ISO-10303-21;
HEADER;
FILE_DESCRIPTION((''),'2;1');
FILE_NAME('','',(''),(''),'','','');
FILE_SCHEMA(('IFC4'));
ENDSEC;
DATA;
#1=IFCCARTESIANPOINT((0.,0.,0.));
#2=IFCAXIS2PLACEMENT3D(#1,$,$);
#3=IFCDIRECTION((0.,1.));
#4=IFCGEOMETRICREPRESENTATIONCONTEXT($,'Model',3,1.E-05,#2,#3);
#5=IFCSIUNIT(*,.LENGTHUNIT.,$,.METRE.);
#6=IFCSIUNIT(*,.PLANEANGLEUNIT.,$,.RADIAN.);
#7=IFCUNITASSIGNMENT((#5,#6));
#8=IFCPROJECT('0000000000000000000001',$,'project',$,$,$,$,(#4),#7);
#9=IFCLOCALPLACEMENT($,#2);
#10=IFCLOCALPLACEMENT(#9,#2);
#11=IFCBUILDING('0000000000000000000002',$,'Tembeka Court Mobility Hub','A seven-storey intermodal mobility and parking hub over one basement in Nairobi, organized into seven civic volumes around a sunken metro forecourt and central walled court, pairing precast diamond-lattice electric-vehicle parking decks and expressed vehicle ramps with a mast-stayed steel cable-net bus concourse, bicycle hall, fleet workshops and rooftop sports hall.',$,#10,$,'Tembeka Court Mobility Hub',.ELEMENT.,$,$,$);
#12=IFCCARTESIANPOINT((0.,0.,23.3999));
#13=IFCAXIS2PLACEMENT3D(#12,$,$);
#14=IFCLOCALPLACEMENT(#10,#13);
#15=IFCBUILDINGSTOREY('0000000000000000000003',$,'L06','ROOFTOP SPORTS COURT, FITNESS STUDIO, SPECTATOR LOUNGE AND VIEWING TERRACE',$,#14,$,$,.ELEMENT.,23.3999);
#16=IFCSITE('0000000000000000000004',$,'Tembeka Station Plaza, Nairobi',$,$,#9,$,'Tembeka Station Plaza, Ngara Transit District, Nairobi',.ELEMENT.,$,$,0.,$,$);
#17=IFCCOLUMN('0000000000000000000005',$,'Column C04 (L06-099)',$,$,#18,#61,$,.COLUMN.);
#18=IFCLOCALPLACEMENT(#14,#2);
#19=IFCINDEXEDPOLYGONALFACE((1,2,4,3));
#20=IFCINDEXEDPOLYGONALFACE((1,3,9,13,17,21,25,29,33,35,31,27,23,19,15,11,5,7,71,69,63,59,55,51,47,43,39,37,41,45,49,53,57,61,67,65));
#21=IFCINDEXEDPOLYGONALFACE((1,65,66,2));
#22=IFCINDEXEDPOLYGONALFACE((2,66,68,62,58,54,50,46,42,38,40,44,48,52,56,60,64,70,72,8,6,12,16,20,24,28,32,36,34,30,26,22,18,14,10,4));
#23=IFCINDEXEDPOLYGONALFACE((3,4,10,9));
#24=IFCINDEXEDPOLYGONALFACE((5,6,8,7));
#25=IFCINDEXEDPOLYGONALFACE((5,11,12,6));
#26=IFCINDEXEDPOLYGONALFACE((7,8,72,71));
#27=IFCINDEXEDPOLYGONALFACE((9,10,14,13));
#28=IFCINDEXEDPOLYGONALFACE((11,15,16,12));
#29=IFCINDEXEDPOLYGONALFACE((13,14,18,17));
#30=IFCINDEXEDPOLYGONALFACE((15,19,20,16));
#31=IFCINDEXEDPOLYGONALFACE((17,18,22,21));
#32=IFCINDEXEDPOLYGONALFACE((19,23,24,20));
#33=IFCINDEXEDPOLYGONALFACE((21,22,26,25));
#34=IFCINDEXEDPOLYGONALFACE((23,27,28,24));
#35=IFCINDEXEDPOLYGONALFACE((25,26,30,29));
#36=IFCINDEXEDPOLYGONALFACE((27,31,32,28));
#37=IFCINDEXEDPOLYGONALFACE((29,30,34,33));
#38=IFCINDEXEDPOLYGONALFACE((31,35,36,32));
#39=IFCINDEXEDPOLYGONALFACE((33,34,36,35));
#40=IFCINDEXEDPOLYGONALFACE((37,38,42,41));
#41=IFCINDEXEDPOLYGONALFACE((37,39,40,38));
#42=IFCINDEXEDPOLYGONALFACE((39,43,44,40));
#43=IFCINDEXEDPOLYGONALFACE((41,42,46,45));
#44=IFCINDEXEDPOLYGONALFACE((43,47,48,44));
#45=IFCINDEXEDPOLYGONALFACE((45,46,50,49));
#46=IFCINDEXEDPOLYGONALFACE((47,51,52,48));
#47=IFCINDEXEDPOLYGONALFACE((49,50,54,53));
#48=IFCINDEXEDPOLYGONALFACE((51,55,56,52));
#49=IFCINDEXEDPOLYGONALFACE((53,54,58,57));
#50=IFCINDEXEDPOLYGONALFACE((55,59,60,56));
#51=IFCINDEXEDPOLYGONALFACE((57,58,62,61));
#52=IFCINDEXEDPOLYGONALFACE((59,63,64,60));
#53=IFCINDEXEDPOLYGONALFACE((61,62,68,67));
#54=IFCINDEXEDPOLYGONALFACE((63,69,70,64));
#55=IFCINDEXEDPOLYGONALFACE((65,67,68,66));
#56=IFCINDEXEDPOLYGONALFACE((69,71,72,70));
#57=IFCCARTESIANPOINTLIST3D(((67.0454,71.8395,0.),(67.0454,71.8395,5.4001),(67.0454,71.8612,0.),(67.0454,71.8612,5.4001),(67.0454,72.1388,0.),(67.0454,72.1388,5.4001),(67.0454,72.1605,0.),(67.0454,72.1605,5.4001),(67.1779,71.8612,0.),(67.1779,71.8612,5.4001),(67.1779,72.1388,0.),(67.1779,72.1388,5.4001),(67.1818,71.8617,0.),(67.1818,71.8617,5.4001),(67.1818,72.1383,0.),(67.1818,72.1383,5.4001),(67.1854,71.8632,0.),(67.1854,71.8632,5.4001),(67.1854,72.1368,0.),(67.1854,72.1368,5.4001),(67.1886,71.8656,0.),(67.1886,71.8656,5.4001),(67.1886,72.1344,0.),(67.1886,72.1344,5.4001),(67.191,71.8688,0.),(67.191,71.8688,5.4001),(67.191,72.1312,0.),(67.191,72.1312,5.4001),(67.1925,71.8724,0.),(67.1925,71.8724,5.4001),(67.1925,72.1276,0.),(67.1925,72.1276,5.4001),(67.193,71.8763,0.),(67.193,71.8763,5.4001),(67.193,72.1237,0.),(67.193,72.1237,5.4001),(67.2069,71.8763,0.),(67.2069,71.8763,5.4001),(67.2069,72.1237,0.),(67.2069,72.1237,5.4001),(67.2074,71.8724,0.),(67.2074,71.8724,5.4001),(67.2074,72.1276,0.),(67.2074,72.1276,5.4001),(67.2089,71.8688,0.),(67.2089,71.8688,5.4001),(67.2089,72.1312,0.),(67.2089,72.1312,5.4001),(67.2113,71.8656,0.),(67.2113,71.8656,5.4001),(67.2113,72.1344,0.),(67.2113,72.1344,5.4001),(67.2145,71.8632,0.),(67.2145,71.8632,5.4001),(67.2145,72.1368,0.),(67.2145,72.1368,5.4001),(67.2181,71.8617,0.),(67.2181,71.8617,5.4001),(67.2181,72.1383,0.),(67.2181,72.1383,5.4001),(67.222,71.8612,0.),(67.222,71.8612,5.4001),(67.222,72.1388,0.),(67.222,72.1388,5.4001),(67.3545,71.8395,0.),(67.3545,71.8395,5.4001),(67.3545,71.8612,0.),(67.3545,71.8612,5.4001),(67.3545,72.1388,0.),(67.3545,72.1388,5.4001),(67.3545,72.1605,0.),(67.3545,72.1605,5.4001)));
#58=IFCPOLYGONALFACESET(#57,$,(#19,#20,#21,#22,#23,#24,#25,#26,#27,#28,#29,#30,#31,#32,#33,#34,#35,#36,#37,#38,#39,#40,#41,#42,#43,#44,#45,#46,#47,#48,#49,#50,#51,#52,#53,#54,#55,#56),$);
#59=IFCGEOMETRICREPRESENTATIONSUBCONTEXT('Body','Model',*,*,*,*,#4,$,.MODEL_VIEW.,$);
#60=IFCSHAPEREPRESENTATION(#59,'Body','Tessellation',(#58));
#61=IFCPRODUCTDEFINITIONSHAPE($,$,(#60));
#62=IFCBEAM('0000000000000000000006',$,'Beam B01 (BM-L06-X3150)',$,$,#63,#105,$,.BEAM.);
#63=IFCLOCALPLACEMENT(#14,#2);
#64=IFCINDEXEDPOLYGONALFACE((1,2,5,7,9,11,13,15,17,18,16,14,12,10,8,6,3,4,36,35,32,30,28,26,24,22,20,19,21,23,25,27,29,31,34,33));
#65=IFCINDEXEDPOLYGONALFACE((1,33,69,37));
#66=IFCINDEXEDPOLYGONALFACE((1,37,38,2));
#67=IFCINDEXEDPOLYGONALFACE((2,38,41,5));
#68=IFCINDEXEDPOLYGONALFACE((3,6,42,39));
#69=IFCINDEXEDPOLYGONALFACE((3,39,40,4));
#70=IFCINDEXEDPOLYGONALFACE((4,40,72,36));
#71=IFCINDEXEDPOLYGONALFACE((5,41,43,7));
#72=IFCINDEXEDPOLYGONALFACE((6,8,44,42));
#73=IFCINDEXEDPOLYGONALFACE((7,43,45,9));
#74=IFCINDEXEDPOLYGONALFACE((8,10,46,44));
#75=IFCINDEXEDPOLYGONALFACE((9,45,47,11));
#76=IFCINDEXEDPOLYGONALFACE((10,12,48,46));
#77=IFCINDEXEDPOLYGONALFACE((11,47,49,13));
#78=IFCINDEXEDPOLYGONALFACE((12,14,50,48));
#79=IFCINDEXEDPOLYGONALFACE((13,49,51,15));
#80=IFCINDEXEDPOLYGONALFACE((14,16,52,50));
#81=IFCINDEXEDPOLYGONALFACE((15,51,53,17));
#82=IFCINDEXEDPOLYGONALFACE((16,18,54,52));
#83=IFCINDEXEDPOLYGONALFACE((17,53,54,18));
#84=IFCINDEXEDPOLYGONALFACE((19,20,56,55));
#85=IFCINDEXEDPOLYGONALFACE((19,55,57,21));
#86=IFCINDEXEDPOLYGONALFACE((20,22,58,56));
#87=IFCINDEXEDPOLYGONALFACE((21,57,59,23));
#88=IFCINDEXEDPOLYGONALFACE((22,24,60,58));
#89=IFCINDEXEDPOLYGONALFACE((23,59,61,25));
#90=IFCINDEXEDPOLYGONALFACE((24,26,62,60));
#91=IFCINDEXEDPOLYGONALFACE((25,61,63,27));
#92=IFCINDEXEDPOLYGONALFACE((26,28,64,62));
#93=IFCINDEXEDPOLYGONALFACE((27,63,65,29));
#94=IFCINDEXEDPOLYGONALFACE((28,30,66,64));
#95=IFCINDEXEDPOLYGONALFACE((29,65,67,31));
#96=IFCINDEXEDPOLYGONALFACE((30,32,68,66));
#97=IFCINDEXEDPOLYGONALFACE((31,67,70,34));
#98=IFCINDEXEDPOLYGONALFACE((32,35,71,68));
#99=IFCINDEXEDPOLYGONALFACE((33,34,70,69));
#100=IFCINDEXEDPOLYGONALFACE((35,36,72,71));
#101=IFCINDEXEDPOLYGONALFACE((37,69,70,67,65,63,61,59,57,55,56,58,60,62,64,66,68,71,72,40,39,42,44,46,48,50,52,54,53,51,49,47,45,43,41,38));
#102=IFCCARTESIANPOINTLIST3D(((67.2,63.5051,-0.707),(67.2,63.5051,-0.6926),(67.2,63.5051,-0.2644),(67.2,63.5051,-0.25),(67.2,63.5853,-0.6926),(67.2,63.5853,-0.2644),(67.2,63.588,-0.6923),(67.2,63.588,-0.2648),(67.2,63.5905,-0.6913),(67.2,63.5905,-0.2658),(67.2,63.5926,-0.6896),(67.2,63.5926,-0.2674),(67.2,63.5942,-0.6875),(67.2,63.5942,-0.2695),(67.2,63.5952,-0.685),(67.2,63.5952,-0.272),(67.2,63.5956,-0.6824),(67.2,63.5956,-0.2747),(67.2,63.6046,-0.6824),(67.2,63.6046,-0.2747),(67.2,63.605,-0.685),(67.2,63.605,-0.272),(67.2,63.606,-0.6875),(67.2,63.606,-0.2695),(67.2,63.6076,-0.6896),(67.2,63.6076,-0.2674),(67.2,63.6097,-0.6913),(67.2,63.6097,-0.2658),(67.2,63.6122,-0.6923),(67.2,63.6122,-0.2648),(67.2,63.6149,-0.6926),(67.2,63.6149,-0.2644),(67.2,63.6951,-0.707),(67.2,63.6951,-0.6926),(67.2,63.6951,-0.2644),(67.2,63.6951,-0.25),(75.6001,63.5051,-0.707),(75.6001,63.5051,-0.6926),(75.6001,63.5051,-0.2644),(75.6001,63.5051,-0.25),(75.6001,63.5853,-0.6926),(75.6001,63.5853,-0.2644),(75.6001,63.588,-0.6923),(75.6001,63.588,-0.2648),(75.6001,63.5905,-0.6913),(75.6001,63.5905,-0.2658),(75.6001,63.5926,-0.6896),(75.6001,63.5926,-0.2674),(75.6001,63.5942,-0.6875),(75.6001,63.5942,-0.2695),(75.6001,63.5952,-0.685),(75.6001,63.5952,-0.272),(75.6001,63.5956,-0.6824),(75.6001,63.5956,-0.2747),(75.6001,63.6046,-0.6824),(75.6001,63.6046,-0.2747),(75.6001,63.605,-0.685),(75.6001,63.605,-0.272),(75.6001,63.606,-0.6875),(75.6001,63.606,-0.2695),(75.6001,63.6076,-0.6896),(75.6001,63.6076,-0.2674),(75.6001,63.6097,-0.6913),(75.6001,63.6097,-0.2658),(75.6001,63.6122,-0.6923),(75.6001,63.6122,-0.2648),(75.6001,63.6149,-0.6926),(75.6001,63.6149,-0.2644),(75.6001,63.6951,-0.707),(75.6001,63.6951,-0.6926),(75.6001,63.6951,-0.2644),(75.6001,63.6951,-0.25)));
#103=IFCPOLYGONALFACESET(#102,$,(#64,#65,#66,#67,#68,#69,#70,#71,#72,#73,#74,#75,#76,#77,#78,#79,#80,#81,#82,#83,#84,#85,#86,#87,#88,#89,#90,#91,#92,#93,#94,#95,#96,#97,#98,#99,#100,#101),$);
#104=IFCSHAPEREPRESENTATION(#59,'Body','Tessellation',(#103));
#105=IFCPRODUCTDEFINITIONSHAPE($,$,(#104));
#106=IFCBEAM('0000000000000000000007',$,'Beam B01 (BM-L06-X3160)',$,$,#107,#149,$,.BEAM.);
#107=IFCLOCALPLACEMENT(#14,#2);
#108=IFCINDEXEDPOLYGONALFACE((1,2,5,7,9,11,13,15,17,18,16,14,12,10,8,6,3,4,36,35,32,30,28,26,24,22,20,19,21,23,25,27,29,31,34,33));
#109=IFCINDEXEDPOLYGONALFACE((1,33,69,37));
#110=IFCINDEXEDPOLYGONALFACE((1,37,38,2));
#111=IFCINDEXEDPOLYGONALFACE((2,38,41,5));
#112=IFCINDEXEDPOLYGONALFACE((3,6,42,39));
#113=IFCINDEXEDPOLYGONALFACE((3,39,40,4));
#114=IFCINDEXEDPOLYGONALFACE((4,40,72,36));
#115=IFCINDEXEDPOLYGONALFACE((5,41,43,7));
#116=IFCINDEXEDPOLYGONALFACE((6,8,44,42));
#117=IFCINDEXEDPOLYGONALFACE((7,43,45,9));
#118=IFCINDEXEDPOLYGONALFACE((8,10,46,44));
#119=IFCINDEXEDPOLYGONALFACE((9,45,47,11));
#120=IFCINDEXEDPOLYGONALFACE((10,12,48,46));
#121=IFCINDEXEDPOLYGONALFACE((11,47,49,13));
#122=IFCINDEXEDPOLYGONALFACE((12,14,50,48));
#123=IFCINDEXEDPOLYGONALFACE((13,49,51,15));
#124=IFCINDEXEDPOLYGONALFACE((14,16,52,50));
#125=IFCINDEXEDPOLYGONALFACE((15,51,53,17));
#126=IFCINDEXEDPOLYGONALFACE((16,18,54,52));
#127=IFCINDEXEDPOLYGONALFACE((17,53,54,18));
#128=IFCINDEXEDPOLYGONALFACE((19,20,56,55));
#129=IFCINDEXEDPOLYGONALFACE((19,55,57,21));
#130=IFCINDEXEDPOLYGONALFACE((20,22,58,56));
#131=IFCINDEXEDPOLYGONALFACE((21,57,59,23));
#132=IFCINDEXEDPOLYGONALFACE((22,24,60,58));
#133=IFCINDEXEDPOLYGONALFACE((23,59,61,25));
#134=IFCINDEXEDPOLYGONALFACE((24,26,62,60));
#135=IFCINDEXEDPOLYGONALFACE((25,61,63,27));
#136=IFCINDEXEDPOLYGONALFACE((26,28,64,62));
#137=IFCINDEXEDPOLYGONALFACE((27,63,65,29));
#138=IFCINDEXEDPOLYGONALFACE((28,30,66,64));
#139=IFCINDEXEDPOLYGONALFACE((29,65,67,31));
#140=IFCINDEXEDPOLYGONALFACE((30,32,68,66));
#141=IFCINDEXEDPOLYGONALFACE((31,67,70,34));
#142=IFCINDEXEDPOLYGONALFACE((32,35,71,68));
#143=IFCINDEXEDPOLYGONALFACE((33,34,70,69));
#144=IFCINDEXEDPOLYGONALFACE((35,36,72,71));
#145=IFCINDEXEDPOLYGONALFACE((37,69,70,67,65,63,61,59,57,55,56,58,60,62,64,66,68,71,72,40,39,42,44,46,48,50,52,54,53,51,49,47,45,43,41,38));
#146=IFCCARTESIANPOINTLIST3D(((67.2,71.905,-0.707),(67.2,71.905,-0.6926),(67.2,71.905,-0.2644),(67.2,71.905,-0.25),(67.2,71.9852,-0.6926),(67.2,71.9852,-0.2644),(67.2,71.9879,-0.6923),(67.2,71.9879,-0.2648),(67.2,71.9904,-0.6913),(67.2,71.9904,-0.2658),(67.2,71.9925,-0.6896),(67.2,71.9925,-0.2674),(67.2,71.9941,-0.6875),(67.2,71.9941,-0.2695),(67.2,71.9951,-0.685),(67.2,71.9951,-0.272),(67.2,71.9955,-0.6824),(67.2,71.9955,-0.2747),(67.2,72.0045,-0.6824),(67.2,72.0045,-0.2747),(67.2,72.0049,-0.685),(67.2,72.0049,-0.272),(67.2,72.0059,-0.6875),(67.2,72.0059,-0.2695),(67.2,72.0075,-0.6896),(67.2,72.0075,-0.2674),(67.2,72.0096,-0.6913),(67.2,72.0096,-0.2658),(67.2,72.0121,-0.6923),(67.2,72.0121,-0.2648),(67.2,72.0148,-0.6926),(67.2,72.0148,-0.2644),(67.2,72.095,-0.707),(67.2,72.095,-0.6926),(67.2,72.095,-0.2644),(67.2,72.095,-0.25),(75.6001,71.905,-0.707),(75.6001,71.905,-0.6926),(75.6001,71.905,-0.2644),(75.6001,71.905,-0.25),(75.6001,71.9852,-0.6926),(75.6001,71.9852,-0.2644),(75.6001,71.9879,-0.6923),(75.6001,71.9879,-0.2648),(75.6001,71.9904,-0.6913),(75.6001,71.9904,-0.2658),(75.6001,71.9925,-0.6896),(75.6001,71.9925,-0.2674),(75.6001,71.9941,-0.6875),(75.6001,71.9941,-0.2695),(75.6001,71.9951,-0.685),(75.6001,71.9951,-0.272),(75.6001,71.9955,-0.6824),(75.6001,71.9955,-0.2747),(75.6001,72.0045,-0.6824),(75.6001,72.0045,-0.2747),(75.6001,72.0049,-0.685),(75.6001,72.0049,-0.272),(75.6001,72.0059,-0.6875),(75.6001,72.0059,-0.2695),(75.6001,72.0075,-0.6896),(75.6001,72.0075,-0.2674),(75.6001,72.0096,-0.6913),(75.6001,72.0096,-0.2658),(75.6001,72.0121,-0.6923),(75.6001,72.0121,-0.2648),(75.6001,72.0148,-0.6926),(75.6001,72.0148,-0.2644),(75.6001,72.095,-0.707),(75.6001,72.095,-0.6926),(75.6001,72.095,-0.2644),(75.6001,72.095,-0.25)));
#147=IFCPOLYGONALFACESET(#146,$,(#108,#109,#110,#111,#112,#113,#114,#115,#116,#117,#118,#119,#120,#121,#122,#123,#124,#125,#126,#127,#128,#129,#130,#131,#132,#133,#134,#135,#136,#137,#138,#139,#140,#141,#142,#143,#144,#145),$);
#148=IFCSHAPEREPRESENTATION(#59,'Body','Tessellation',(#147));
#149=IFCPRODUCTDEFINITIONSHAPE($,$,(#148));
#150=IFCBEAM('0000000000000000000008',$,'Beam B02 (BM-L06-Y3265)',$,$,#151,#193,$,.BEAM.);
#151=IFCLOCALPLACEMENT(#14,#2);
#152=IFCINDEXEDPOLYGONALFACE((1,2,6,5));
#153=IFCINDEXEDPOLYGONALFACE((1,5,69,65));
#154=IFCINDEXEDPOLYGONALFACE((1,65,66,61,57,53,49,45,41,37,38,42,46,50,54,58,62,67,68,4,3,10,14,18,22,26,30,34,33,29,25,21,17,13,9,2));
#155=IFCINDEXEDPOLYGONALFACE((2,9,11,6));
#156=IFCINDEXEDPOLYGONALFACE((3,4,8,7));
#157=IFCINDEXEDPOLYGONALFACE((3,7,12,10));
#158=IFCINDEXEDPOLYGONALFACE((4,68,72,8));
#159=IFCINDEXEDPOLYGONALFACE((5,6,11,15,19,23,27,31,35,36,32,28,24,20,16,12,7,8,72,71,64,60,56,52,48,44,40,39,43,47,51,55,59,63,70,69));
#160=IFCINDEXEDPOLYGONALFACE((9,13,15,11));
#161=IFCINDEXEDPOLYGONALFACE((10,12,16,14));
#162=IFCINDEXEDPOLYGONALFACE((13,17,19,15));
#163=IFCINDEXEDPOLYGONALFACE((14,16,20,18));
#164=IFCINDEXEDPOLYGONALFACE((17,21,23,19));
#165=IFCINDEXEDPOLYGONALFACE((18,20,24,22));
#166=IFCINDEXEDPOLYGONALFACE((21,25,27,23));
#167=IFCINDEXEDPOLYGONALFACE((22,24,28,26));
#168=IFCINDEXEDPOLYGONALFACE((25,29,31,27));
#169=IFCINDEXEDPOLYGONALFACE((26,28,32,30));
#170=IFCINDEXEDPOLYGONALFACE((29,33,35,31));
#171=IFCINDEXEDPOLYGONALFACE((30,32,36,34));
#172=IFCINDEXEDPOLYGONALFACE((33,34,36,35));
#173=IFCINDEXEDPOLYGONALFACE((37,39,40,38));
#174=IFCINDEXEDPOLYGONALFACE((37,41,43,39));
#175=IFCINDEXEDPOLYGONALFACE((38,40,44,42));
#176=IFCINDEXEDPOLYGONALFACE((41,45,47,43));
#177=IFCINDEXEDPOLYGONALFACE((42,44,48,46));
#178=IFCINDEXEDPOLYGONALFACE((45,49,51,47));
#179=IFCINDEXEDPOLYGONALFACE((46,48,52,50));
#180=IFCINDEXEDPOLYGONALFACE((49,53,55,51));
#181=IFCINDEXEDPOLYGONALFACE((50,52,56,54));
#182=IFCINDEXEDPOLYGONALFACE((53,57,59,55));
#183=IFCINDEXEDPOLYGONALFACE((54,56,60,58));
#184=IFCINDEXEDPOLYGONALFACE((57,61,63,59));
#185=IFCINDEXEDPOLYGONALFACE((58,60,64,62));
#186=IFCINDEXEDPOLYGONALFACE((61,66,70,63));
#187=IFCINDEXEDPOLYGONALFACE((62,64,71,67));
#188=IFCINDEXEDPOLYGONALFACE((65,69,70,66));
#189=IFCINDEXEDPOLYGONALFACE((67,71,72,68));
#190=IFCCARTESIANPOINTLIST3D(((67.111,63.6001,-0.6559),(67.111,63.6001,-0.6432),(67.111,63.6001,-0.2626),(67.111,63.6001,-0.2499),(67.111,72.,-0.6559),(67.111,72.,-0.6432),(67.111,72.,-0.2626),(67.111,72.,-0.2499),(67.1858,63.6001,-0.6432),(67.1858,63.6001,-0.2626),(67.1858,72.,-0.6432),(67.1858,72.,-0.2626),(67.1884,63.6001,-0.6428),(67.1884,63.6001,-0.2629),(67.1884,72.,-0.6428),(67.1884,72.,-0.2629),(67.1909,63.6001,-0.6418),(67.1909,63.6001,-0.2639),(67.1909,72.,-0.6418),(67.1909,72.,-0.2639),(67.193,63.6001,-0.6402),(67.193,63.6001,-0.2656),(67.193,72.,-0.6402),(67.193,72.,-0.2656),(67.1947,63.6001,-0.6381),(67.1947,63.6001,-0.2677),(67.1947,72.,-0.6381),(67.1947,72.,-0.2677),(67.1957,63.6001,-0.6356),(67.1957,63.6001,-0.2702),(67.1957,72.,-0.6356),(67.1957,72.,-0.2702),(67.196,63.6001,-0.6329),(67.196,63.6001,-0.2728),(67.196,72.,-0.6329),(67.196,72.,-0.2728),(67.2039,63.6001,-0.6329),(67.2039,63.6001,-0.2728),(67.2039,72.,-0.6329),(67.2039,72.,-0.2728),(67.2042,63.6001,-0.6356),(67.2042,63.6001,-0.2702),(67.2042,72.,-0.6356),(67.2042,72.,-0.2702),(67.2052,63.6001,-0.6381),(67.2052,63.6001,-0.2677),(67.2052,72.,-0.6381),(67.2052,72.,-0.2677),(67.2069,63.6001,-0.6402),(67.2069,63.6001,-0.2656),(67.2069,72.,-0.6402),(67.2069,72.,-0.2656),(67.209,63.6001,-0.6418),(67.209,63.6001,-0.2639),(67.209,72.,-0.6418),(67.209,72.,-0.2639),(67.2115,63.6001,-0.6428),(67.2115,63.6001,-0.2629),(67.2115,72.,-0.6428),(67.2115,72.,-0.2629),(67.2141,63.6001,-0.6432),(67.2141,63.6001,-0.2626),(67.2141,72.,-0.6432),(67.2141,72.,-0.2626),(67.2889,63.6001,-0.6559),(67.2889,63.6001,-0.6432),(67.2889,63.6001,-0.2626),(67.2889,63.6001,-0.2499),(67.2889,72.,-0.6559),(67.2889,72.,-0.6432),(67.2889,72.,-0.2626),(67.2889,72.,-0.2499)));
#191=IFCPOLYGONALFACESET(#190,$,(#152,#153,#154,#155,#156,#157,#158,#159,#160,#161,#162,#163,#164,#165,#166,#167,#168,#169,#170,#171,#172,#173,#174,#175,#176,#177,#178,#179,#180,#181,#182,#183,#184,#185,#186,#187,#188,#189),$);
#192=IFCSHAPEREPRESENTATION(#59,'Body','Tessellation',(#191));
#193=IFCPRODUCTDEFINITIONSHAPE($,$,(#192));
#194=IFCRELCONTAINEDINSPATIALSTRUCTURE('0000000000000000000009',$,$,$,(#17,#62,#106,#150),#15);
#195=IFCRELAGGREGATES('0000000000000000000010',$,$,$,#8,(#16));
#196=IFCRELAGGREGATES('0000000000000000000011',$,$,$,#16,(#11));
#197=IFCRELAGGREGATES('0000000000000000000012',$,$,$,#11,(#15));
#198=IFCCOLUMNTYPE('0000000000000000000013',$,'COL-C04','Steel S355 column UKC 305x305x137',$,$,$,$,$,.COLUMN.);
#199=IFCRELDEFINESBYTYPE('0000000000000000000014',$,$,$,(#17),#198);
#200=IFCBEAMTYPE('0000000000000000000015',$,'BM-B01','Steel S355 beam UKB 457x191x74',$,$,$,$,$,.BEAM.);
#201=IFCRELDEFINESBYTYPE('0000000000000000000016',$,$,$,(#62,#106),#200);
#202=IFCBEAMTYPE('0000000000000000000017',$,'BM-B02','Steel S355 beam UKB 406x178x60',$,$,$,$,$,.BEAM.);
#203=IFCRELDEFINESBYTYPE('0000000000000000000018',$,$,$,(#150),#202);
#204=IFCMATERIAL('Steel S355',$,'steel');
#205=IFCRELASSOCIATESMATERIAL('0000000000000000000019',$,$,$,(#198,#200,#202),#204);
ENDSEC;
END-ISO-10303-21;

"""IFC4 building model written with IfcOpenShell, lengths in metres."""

from ifc_helpers import new_model, si_unit, direction, frame, origin, origin_2d, place, context, subcontext, project, spatial, i_section, extrude, material, material_profile, profile_set, type_object, element, save


model = new_model("IFC4")

# Units and contexts
model_context = context("Model", 3, precision=1e-05, world=origin(), true_north=direction((0.0, 1.0)))
body_context = subcontext(model_context, "Body", "Model", "MODEL_VIEW")
ifc_project = project(units=[si_unit("LENGTHUNIT", "METRE"), si_unit("PLANEANGLEUNIT", "RADIAN")], contexts=[model_context])

# Site, building, storey
site_placement = place(None, origin())
site = spatial("IfcSite", under=ifc_project, at=site_placement, Name="Tembeka Station Plaza, Nairobi", LongName="Tembeka Station Plaza, Ngara Transit District, Nairobi", CompositionType="ELEMENT", RefElevation=0.0)
building_placement = place(site_placement, origin())
building = spatial("IfcBuilding", under=site, at=building_placement, Name="Tembeka Court Mobility Hub", Description="A seven-storey intermodal mobility and parking hub over one basement in Nairobi, organized into seven civic volumes around a sunken metro forecourt and central walled court, pairing precast diamond-lattice electric-vehicle parking decks and expressed vehicle ramps with a mast-stayed steel cable-net bus concourse, bicycle hall, fleet workshops and rooftop sports hall.", LongName="Tembeka Court Mobility Hub", CompositionType="ELEMENT")
storey_placement = place(building_placement, frame((0.0, 0.0, 23.3999)))
storey = spatial("IfcBuildingStorey", under=building, at=storey_placement, Name="L06", Description="ROOFTOP SPORTS COURT, FITNESS STUDIO, SPECTATOR LOUNGE AND VIEWING TERRACE", CompositionType="ELEMENT", Elevation=23.3999)

# Column
ifc_material_1 = material(Name="Steel S355", Category="steel")
ifc_material_profile_1 = material_profile(ifc_material_1, i_section(OverallWidth=0.3091, OverallDepth=0.321, WebThickness=0.0139, FlangeThickness=0.0217, FilletRadius=0.0151, at=origin_2d()), Name="UKC 305x305x137")
ifc_profile_set_1 = profile_set([ifc_material_profile_1], Name="Steel S355")
column_type = type_object("IfcColumnType", Name="COL-C04", Description="Steel S355 column UKC 305x305x137", PredefinedType="COLUMN", material=ifc_profile_set_1)
column_placement = place(storey_placement, frame((67.2, 72.0, 0.0), z_axis=(0.0, 0.0, 1.0), x_axis=(1.0, 0.0, 0.0)))
element("IfcColumn", 1, at=column_placement, inside=storey, type_object=column_type, Name="Column C04 (L06-099)", PredefinedType="COLUMN", context=body_context, shape_type="SweptSolid", body=[
    extrude(i_section(OverallWidth=0.3091, OverallDepth=0.321, WebThickness=0.0139, FlangeThickness=0.0217, FilletRadius=0.0151, at=origin_2d()), origin(), (0.0, 0.0, 1.0), 5.4001),
])

# Beams
ifc_material_profile_2 = material_profile(ifc_material_1, i_section(OverallWidth=0.1899, OverallDepth=0.457, WebThickness=0.009, FlangeThickness=0.0144, FilletRadius=0.0103, at=origin_2d()), Name="UKB 457x191x74")
ifc_profile_set_2 = profile_set([ifc_material_profile_2], Name="Steel S355")
beam_type_1 = type_object("IfcBeamType", Name="BM-B01", Description="Steel S355 beam UKB 457x191x74", PredefinedType="BEAM", material=ifc_profile_set_2)
for number, where, z_axis, x_axis, name in (
    (2, (67.2, 63.6001, -0.4785), (1.0, 0.0, 0.0), (0.0, 1.0, 0.0), "Beam B01 (BM-L06-X3150)"),
    (3, (67.2, 72.0, -0.4785), (1.0, 0.0, 0.0), (0.0, 1.0, 0.0), "Beam B01 (BM-L06-X3160)"),
):
    element("IfcBeam", number, at=place(storey_placement, frame(where, z_axis=z_axis, x_axis=x_axis)), inside=storey, type_object=beam_type_1, Name=name, PredefinedType="BEAM", context=body_context, shape_type="SweptSolid", body=[
        extrude(i_section(OverallWidth=0.1899, OverallDepth=0.457, WebThickness=0.009, FlangeThickness=0.0144, FilletRadius=0.0103, at=origin_2d()), origin(), (0.0, 0.0, 1.0), 8.4001),
    ])
ifc_material_profile_3 = material_profile(ifc_material_1, i_section(OverallWidth=0.178, OverallDepth=0.406, WebThickness=0.0078, FlangeThickness=0.0127, FilletRadius=0.0103, at=origin_2d()), Name="UKB 406x178x60")
ifc_profile_set_3 = profile_set([ifc_material_profile_3], Name="Steel S355")
beam_type_2 = type_object("IfcBeamType", Name="BM-B02", Description="Steel S355 beam UKB 406x178x60", PredefinedType="BEAM", material=ifc_profile_set_3)
for number, where, z_axis, x_axis, name in (
    (4, (67.2, 63.6001, -0.4529), (0.0, 1.0, 0.0), (-1.0, 0.0, 0.0), "Beam B02 (BM-L06-Y3265)"),
):
    element("IfcBeam", number, at=place(storey_placement, frame(where, z_axis=z_axis, x_axis=x_axis)), inside=storey, type_object=beam_type_2, Name=name, PredefinedType="BEAM", context=body_context, shape_type="SweptSolid", body=[
        extrude(i_section(OverallWidth=0.178, OverallDepth=0.406, WebThickness=0.0078, FlangeThickness=0.0127, FilletRadius=0.0103, at=origin_2d()), origin(), (0.0, 0.0, 1.0), 8.3999),
    ])

save(model, "model.ifc")
